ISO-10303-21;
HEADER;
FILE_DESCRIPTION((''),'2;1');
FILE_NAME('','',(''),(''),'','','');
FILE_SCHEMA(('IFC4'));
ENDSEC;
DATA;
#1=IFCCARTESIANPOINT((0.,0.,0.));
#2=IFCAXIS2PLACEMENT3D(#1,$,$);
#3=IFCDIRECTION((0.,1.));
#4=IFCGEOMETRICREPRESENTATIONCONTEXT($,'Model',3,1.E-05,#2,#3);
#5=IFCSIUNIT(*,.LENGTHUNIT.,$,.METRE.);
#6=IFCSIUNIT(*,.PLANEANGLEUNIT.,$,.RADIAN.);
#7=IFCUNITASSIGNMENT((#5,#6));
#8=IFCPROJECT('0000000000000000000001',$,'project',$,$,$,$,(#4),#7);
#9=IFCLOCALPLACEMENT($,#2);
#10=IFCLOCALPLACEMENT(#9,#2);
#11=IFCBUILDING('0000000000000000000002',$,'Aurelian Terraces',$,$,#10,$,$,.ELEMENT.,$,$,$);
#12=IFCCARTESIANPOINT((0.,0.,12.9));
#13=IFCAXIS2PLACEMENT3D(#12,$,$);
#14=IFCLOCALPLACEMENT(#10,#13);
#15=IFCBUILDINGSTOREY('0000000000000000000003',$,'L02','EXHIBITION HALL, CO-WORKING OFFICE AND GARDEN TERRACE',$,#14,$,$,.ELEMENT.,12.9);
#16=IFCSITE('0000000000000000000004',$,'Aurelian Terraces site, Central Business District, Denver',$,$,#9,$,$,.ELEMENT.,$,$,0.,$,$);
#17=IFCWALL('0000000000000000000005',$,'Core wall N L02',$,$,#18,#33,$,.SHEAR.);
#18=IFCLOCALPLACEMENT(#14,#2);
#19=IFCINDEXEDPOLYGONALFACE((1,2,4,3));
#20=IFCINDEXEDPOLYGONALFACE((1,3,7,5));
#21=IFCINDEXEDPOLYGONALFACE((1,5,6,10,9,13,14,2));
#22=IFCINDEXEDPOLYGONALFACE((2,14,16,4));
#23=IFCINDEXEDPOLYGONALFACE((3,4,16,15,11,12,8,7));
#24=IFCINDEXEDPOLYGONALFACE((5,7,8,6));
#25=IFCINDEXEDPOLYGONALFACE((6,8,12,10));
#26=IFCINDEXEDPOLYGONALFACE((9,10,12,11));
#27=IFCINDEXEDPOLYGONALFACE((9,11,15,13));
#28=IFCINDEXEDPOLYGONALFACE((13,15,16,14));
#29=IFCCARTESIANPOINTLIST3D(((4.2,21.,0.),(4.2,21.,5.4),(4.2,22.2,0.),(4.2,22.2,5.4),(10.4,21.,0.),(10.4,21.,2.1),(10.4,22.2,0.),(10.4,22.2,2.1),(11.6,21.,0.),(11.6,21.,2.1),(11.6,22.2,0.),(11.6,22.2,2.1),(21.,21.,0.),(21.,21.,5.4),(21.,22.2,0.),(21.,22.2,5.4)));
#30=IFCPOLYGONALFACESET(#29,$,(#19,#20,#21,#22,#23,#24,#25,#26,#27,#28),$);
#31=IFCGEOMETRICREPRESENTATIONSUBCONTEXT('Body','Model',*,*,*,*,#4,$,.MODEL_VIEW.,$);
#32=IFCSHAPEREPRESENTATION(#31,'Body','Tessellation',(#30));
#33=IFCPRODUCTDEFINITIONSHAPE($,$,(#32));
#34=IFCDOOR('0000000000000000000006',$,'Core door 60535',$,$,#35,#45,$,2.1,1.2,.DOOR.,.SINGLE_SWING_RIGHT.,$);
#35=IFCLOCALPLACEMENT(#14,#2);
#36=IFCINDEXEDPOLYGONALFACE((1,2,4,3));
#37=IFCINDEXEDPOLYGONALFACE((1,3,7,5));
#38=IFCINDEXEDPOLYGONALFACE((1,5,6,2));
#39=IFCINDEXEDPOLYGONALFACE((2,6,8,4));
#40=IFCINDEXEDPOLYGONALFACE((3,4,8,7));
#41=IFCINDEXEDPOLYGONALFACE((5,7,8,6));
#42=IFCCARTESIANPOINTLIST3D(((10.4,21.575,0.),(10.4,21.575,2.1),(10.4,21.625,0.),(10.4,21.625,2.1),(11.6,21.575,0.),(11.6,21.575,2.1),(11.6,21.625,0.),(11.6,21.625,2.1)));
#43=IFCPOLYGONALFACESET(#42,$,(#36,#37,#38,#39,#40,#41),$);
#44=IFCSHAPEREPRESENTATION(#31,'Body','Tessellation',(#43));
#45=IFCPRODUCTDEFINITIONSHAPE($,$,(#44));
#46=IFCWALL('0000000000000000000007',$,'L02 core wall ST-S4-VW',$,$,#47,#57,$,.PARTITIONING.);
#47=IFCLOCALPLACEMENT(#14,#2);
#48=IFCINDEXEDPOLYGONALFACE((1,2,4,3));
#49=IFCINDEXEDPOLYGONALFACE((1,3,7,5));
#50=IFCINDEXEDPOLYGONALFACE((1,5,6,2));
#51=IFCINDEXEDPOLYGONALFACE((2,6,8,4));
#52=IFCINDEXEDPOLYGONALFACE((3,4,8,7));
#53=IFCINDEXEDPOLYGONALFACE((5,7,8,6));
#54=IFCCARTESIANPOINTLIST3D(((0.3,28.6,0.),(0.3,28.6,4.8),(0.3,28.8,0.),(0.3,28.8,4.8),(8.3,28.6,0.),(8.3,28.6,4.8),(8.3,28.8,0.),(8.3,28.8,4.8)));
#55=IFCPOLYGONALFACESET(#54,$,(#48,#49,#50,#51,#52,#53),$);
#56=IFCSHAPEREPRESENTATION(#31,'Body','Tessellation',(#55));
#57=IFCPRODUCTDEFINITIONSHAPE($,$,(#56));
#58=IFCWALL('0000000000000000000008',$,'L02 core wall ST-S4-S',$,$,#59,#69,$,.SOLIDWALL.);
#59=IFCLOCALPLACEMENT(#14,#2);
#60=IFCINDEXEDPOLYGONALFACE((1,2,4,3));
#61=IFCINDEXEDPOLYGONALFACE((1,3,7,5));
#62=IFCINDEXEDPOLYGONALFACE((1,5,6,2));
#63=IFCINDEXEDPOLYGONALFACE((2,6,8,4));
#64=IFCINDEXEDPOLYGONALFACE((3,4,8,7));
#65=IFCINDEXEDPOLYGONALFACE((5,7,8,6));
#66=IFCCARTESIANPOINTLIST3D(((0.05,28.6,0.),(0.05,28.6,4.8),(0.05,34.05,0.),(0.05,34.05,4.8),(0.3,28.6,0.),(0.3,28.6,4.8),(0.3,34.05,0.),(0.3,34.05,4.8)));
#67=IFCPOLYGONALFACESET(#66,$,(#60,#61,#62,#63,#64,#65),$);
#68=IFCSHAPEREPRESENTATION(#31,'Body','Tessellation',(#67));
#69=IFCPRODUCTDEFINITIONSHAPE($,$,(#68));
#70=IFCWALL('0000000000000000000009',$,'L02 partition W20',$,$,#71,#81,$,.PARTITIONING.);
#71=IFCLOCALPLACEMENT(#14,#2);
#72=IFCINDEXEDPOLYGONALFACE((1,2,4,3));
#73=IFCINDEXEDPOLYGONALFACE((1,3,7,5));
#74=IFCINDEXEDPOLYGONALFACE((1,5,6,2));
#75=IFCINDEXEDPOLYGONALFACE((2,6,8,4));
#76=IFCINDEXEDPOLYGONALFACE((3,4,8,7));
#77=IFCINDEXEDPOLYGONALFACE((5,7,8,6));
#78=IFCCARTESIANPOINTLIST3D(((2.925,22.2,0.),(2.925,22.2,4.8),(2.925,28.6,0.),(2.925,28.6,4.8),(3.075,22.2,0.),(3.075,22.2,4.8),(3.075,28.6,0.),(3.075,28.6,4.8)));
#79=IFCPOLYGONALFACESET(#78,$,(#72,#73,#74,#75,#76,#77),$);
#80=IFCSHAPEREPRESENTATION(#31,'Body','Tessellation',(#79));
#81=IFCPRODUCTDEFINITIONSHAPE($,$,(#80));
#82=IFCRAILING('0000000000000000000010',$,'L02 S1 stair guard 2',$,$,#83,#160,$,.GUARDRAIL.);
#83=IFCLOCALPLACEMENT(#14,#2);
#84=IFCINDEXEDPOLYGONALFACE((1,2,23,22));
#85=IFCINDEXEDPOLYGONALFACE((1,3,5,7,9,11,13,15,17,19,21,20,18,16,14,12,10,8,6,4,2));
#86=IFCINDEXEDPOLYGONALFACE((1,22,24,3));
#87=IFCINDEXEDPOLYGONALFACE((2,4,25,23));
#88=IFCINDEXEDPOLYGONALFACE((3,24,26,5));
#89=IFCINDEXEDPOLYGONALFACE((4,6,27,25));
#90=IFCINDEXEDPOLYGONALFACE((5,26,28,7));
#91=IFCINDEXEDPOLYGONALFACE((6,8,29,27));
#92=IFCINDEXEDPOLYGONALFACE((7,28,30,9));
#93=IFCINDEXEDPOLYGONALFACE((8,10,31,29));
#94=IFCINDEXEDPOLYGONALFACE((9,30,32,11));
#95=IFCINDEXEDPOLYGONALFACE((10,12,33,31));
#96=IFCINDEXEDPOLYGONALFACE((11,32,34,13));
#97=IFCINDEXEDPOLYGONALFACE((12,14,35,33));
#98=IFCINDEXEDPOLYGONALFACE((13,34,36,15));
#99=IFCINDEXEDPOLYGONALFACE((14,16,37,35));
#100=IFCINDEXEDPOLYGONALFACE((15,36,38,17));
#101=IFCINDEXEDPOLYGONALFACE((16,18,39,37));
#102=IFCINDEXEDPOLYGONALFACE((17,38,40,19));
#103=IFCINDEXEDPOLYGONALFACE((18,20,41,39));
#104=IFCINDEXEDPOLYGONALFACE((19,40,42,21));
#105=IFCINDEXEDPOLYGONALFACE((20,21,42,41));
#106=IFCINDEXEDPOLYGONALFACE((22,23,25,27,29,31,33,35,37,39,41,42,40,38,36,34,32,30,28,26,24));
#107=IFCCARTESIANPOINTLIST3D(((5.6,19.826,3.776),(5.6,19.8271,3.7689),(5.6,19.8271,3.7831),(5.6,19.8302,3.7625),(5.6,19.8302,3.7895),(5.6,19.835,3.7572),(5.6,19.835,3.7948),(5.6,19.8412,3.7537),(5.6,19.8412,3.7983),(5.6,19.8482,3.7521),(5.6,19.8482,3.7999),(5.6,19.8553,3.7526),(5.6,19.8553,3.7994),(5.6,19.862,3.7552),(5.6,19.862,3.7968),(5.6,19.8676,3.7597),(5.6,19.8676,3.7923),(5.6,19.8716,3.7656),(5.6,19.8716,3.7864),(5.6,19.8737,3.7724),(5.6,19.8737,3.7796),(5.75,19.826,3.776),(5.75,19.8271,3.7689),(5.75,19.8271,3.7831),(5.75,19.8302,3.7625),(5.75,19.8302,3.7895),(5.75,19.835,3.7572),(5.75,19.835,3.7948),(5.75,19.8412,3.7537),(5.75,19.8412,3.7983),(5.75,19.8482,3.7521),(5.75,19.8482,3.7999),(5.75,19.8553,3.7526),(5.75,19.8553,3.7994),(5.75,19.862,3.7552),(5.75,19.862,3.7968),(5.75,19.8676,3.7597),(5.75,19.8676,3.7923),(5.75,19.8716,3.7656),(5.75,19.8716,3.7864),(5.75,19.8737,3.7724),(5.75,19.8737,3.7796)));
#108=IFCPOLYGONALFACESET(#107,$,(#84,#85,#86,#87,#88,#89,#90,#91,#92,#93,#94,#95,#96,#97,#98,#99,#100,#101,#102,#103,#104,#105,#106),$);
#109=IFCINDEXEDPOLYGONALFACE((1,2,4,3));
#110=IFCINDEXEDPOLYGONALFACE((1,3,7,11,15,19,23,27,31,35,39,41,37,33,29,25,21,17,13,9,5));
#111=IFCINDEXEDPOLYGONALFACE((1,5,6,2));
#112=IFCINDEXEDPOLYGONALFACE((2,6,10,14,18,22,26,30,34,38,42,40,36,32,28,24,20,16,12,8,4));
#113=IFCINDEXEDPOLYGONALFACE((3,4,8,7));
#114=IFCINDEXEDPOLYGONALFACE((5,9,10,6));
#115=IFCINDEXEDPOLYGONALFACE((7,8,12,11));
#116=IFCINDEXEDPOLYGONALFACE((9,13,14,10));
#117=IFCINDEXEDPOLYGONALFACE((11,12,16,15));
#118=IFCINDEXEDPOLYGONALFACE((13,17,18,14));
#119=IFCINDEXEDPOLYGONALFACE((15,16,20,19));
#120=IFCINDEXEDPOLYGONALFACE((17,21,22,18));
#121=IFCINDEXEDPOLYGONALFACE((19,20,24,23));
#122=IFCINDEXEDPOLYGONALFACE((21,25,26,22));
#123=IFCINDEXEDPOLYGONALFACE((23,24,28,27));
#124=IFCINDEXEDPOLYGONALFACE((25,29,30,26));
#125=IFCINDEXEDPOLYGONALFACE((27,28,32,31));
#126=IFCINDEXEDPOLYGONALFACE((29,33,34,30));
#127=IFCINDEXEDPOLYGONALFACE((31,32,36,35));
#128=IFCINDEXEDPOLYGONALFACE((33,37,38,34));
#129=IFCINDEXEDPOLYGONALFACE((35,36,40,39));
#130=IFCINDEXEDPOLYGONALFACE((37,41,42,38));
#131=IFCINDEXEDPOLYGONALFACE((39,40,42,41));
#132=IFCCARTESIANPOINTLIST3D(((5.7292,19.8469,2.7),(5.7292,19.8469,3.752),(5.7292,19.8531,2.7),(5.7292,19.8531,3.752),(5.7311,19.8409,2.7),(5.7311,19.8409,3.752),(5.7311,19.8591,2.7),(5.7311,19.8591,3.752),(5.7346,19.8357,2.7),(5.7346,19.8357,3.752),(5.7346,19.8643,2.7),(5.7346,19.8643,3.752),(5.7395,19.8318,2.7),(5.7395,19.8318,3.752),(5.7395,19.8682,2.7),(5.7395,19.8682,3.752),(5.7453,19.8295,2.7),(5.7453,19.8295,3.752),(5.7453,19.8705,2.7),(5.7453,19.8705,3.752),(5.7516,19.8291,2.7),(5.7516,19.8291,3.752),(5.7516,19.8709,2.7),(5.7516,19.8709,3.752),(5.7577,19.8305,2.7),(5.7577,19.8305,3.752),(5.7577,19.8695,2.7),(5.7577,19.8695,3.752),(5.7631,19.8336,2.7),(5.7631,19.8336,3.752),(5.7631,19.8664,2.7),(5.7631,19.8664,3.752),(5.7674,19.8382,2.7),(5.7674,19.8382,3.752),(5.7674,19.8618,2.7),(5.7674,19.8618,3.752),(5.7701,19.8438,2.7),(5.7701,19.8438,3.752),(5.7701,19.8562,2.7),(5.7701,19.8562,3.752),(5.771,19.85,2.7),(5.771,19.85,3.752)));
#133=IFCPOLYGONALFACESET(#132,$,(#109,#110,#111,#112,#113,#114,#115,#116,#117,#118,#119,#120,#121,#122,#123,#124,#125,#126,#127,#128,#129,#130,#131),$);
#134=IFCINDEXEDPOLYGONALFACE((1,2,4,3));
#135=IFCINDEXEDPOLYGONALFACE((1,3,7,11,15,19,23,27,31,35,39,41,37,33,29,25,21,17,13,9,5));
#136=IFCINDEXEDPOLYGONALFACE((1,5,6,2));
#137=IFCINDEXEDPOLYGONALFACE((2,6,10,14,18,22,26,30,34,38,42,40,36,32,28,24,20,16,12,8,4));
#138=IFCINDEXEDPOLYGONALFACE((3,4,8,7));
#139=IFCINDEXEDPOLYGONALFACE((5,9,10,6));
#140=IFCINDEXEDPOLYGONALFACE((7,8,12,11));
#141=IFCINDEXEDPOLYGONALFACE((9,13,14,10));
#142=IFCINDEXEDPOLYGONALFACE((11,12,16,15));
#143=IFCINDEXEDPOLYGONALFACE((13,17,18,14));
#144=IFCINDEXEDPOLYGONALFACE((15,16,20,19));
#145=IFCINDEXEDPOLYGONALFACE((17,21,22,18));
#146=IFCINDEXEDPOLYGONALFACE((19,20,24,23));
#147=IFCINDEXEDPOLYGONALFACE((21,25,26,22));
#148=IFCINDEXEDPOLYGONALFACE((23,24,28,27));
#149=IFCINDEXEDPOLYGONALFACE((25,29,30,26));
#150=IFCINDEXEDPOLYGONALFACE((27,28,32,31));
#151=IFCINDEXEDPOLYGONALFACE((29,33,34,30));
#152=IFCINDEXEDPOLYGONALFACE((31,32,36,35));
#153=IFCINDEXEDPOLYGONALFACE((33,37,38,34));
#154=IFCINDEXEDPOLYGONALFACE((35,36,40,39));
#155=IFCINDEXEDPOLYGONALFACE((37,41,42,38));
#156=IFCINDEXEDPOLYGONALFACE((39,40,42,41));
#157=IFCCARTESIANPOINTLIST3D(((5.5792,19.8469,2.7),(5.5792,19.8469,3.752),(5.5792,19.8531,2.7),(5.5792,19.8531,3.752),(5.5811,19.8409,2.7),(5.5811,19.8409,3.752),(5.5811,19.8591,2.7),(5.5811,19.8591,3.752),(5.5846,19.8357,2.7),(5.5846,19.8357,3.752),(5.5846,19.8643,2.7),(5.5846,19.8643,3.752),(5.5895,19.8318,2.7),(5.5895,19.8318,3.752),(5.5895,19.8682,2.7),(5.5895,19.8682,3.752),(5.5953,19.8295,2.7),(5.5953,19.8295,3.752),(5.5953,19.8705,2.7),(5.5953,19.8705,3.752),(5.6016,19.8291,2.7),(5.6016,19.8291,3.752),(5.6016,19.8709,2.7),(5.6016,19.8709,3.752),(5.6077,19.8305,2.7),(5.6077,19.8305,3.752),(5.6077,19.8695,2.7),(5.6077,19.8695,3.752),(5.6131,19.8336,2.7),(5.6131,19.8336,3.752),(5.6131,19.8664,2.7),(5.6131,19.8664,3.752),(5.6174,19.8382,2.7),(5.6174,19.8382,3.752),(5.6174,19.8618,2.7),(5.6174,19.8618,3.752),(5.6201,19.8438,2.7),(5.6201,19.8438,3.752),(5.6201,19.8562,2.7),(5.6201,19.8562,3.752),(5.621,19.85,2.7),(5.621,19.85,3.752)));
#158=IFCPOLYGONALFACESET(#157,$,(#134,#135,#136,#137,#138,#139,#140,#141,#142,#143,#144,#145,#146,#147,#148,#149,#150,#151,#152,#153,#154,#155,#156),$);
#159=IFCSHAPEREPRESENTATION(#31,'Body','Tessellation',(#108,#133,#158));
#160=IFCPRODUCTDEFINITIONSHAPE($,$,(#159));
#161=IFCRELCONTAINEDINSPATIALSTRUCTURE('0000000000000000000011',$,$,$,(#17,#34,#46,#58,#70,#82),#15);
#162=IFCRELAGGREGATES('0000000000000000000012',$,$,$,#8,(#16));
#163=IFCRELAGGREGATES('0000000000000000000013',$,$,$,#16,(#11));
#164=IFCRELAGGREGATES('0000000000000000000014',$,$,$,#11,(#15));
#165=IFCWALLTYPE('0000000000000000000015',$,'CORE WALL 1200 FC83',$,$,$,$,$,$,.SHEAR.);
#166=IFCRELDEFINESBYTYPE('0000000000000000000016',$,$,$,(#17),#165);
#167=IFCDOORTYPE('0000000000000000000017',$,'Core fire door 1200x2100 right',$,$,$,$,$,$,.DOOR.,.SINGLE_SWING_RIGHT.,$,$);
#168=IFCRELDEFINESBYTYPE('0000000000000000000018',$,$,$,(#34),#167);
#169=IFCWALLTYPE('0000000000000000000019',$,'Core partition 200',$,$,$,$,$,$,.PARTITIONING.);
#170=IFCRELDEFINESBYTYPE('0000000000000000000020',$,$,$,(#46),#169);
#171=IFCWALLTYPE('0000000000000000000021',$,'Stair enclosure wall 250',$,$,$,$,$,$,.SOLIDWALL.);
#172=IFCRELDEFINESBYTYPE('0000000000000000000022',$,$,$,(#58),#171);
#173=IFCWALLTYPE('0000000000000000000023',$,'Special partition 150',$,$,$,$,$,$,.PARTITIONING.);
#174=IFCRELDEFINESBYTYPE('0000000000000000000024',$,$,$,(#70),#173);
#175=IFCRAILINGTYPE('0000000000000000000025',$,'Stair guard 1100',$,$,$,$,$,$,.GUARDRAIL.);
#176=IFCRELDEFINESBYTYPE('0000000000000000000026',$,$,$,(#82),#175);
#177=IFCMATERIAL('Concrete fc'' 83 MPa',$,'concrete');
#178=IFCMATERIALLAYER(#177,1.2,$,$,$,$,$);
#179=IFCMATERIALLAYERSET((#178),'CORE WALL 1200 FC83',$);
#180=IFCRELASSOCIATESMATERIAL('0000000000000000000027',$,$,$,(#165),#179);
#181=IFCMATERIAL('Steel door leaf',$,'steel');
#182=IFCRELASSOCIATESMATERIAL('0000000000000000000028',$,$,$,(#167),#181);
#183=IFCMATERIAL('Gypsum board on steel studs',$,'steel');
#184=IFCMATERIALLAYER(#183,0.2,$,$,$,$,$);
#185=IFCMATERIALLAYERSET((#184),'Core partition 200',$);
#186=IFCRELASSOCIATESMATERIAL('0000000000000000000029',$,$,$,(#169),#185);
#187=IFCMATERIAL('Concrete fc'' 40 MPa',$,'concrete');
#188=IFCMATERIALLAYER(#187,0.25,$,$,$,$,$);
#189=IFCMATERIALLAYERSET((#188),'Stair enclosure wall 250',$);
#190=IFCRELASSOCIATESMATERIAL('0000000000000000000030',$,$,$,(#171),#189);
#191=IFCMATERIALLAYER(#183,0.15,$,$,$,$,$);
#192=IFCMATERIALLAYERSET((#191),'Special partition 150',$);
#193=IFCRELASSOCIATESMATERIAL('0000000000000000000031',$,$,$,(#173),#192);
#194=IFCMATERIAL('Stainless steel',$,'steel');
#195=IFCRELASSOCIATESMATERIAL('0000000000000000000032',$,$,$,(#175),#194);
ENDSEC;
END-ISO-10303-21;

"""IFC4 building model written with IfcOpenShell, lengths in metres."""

from ifc_helpers import new_model, si_unit, direction, frame, frame_2d, origin, origin_2d, place, context, subcontext, project, spatial, rectangle, circle, extrude, source, transform, mapped, material, layer, layer_set, type_object, element, fill, save


model = new_model("IFC4")

# Units and contexts
model_context = context("Model", 3, precision=1e-05, world=origin(), true_north=direction((0.0, 1.0)))
body_context = subcontext(model_context, "Body", "Model", "MODEL_VIEW")
ifc_project = project(units=[si_unit("LENGTHUNIT", "METRE"), si_unit("PLANEANGLEUNIT", "RADIAN")], contexts=[model_context])

# Site, building, storey
site_placement = place(None, origin())
site = spatial("IfcSite", under=ifc_project, at=site_placement, Name="Aurelian Terraces site, Central Business District, Denver", CompositionType="ELEMENT", RefElevation=0.0)
building_placement = place(site_placement, origin())
building = spatial("IfcBuilding", under=site, at=building_placement, Name="Aurelian Terraces", CompositionType="ELEMENT")
storey_placement = place(building_placement, frame((0.0, 0.0, 12.9)))
storey = spatial("IfcBuildingStorey", under=building, at=storey_placement, Name="L02", Description="EXHIBITION HALL, CO-WORKING OFFICE AND GARDEN TERRACE", CompositionType="ELEMENT", Elevation=12.9)

# Shared definitions
ifc_material_1 = material(Name="Concrete fc' 83 MPa", Category="concrete")

# Wall, opening, door
ifc_layer_1 = layer(ifc_material_1, 1.2)
ifc_layer_set_1 = layer_set([ifc_layer_1], Name="CORE WALL 1200 FC83")
wall_type_1 = type_object("IfcWallType", Name="CORE WALL 1200 FC83", PredefinedType="SHEAR", material=ifc_layer_set_1)
shared_shape_1 = source(origin(), body_context, "Body", "SweptSolid", [
    extrude(rectangle(XDim=16.8, YDim=1.2, at=frame_2d((8.4, 0.0))), origin(), (0.0, 0.0, 1.0), 5.4),
])
wall_1_placement = place(storey_placement, frame((4.2, 21.6, 0.0), z_axis=(0.0, 0.0, 1.0), x_axis=(1.0, 0.0, 0.0)))
wall_1 = element("IfcWall", 1, at=wall_1_placement, inside=storey, type_object=wall_type_1, Name="Core wall N L02", PredefinedType="SHEAR", context=body_context, shape_type="MappedRepresentation", body=[
    mapped(shared_shape_1, transform((0.0, 0.0, 0.0), scale=1.0)),
])
shared_shape_2 = source(origin(), body_context, "Body", "SweptSolid", [
    extrude(rectangle(XDim=1.2, YDim=2.1, at=frame_2d((0.6, 1.05))), frame((0.0, 0.61, 0.0), z_axis=(0.0, -1.0, 0.0), x_axis=(1.0, 0.0, 0.0)), (0.0, 0.0, 1.0), 1.22),
])
opening_placement = place(wall_1_placement, frame((6.2, 0.0, 0.0)))
opening = element("IfcOpeningElement", 2, at=opening_placement, cuts=wall_1, PredefinedType="OPENING", context=body_context, shape_type="MappedRepresentation", body=[
    mapped(shared_shape_2, transform((0.0, 0.0, 0.0), scale=1.0)),
])
ifc_material_2 = material(Name="Steel door leaf", Category="steel")
door_type = type_object("IfcDoorType", Name="Core fire door 1200x2100 right", OperationType="SINGLE_SWING_RIGHT", PredefinedType="DOOR", material=ifc_material_2)
shared_shape_3 = source(origin(), body_context, "Body", "SweptSolid", [
    extrude(rectangle(XDim=1.2, YDim=2.1, at=frame_2d((0.6, 1.05))), frame((0.0, 0.025, 0.0), z_axis=(0.0, -1.0, 0.0), x_axis=(1.0, 0.0, 0.0)), (0.0, 0.0, 1.0), 0.05),
])
door_placement = place(opening_placement, origin())
door = element("IfcDoor", 3, at=door_placement, inside=storey, type_object=door_type, Name="Core door 60535", OperationType="SINGLE_SWING_RIGHT", OverallHeight=2.1, OverallWidth=1.2, PredefinedType="DOOR", context=body_context, shape_type="MappedRepresentation", body=[
    mapped(shared_shape_3, transform((0.0, 0.0, 0.0), scale=1.0)),
])
fill(opening, door)

# Walls
ifc_material_3 = material(Name="Gypsum board on steel studs", Category="steel")
ifc_layer_2 = layer(ifc_material_3, 0.2)
ifc_layer_set_2 = layer_set([ifc_layer_2], Name="Core partition 200")
wall_type_2 = type_object("IfcWallType", Name="Core partition 200", PredefinedType="PARTITIONING", material=ifc_layer_set_2)
shared_shape_4 = source(origin(), body_context, "Body", "SweptSolid", [
    extrude(rectangle(XDim=8.0, YDim=0.2, at=frame_2d((4.0, 0.0))), origin(), (0.0, 0.0, 1.0), 4.8),
])
wall_2_placement = place(storey_placement, frame((0.3, 28.7, 0.0), z_axis=(0.0, 0.0, 1.0), x_axis=(1.0, 0.0, 0.0)))
element("IfcWall", 4, at=wall_2_placement, inside=storey, type_object=wall_type_2, Name="L02 core wall ST-S4-VW", PredefinedType="PARTITIONING", context=body_context, shape_type="MappedRepresentation", body=[
    mapped(shared_shape_4, transform((0.0, 0.0, 0.0), scale=1.0)),
])
ifc_material_4 = material(Name="Concrete fc' 40 MPa", Category="concrete")
ifc_layer_3 = layer(ifc_material_4, 0.25)
ifc_layer_set_3 = layer_set([ifc_layer_3], Name="Stair enclosure wall 250")
wall_type_3 = type_object("IfcWallType", Name="Stair enclosure wall 250", PredefinedType="SOLIDWALL", material=ifc_layer_set_3)
shared_shape_5 = source(origin(), body_context, "Body", "SweptSolid", [
    extrude(rectangle(XDim=5.45, YDim=0.25, at=frame_2d((2.725, 0.0))), origin(), (0.0, 0.0, 1.0), 4.8),
])
wall_3_placement = place(storey_placement, frame((0.175, 28.6, 0.0), z_axis=(0.0, 0.0, 1.0), x_axis=(0.0, 1.0, 0.0)))
element("IfcWall", 5, at=wall_3_placement, inside=storey, type_object=wall_type_3, Name="L02 core wall ST-S4-S", PredefinedType="SOLIDWALL", context=body_context, shape_type="MappedRepresentation", body=[
    mapped(shared_shape_5, transform((0.0, 0.0, 0.0), scale=1.0)),
])
ifc_layer_4 = layer(ifc_material_3, 0.15)
ifc_layer_set_4 = layer_set([ifc_layer_4], Name="Special partition 150")
wall_type_4 = type_object("IfcWallType", Name="Special partition 150", PredefinedType="PARTITIONING", material=ifc_layer_set_4)
shared_shape_6 = source(origin(), body_context, "Body", "SweptSolid", [
    extrude(rectangle(XDim=6.4, YDim=0.15, at=frame_2d((3.2, 0.0))), origin(), (0.0, 0.0, 1.0), 4.8),
])
wall_4_placement = place(storey_placement, frame((3.0, 22.2, 0.0), z_axis=(0.0, 0.0, 1.0), x_axis=(0.0, 1.0, 0.0)))
element("IfcWall", 6, at=wall_4_placement, inside=storey, type_object=wall_type_4, Name="L02 partition W20", PredefinedType="PARTITIONING", context=body_context, shape_type="MappedRepresentation", body=[
    mapped(shared_shape_6, transform((0.0, 0.0, 0.0), scale=1.0)),
])

# Railing
ifc_material_5 = material(Name="Stainless steel", Category="steel")
railing_type = type_object("IfcRailingType", Name="Stair guard 1100", PredefinedType="GUARDRAIL", material=ifc_material_5)
shared_shape_7 = source(origin(), body_context, "Body", "SweptSolid", [
    extrude(circle(Radius=0.024, at=origin_2d()), frame((0.0, 0.0, 1.076), z_axis=(-1.0, 0.0, 0.0), x_axis=(0.0, -1.0, 0.0)), (0.0, 0.0, 1.0), 0.15),
    extrude(circle(Radius=0.021, at=origin_2d()), origin(), (0.0, 0.0, 1.0), 1.052),
    extrude(circle(Radius=0.021, at=origin_2d()), frame((-0.15, 0.0, 0.0)), (0.0, 0.0, 1.0), 1.052),
])
railing_placement = place(storey_placement, frame((5.75, 19.85, 2.7)))
element("IfcRailing", 7, at=railing_placement, inside=storey, type_object=railing_type, Name="L02 S1 stair guard 2", PredefinedType="GUARDRAIL", context=body_context, shape_type="MappedRepresentation", body=[
    mapped(shared_shape_7, transform((0.0, 0.0, 0.0), scale=1.0)),
])

save(model, "model.ifc")
